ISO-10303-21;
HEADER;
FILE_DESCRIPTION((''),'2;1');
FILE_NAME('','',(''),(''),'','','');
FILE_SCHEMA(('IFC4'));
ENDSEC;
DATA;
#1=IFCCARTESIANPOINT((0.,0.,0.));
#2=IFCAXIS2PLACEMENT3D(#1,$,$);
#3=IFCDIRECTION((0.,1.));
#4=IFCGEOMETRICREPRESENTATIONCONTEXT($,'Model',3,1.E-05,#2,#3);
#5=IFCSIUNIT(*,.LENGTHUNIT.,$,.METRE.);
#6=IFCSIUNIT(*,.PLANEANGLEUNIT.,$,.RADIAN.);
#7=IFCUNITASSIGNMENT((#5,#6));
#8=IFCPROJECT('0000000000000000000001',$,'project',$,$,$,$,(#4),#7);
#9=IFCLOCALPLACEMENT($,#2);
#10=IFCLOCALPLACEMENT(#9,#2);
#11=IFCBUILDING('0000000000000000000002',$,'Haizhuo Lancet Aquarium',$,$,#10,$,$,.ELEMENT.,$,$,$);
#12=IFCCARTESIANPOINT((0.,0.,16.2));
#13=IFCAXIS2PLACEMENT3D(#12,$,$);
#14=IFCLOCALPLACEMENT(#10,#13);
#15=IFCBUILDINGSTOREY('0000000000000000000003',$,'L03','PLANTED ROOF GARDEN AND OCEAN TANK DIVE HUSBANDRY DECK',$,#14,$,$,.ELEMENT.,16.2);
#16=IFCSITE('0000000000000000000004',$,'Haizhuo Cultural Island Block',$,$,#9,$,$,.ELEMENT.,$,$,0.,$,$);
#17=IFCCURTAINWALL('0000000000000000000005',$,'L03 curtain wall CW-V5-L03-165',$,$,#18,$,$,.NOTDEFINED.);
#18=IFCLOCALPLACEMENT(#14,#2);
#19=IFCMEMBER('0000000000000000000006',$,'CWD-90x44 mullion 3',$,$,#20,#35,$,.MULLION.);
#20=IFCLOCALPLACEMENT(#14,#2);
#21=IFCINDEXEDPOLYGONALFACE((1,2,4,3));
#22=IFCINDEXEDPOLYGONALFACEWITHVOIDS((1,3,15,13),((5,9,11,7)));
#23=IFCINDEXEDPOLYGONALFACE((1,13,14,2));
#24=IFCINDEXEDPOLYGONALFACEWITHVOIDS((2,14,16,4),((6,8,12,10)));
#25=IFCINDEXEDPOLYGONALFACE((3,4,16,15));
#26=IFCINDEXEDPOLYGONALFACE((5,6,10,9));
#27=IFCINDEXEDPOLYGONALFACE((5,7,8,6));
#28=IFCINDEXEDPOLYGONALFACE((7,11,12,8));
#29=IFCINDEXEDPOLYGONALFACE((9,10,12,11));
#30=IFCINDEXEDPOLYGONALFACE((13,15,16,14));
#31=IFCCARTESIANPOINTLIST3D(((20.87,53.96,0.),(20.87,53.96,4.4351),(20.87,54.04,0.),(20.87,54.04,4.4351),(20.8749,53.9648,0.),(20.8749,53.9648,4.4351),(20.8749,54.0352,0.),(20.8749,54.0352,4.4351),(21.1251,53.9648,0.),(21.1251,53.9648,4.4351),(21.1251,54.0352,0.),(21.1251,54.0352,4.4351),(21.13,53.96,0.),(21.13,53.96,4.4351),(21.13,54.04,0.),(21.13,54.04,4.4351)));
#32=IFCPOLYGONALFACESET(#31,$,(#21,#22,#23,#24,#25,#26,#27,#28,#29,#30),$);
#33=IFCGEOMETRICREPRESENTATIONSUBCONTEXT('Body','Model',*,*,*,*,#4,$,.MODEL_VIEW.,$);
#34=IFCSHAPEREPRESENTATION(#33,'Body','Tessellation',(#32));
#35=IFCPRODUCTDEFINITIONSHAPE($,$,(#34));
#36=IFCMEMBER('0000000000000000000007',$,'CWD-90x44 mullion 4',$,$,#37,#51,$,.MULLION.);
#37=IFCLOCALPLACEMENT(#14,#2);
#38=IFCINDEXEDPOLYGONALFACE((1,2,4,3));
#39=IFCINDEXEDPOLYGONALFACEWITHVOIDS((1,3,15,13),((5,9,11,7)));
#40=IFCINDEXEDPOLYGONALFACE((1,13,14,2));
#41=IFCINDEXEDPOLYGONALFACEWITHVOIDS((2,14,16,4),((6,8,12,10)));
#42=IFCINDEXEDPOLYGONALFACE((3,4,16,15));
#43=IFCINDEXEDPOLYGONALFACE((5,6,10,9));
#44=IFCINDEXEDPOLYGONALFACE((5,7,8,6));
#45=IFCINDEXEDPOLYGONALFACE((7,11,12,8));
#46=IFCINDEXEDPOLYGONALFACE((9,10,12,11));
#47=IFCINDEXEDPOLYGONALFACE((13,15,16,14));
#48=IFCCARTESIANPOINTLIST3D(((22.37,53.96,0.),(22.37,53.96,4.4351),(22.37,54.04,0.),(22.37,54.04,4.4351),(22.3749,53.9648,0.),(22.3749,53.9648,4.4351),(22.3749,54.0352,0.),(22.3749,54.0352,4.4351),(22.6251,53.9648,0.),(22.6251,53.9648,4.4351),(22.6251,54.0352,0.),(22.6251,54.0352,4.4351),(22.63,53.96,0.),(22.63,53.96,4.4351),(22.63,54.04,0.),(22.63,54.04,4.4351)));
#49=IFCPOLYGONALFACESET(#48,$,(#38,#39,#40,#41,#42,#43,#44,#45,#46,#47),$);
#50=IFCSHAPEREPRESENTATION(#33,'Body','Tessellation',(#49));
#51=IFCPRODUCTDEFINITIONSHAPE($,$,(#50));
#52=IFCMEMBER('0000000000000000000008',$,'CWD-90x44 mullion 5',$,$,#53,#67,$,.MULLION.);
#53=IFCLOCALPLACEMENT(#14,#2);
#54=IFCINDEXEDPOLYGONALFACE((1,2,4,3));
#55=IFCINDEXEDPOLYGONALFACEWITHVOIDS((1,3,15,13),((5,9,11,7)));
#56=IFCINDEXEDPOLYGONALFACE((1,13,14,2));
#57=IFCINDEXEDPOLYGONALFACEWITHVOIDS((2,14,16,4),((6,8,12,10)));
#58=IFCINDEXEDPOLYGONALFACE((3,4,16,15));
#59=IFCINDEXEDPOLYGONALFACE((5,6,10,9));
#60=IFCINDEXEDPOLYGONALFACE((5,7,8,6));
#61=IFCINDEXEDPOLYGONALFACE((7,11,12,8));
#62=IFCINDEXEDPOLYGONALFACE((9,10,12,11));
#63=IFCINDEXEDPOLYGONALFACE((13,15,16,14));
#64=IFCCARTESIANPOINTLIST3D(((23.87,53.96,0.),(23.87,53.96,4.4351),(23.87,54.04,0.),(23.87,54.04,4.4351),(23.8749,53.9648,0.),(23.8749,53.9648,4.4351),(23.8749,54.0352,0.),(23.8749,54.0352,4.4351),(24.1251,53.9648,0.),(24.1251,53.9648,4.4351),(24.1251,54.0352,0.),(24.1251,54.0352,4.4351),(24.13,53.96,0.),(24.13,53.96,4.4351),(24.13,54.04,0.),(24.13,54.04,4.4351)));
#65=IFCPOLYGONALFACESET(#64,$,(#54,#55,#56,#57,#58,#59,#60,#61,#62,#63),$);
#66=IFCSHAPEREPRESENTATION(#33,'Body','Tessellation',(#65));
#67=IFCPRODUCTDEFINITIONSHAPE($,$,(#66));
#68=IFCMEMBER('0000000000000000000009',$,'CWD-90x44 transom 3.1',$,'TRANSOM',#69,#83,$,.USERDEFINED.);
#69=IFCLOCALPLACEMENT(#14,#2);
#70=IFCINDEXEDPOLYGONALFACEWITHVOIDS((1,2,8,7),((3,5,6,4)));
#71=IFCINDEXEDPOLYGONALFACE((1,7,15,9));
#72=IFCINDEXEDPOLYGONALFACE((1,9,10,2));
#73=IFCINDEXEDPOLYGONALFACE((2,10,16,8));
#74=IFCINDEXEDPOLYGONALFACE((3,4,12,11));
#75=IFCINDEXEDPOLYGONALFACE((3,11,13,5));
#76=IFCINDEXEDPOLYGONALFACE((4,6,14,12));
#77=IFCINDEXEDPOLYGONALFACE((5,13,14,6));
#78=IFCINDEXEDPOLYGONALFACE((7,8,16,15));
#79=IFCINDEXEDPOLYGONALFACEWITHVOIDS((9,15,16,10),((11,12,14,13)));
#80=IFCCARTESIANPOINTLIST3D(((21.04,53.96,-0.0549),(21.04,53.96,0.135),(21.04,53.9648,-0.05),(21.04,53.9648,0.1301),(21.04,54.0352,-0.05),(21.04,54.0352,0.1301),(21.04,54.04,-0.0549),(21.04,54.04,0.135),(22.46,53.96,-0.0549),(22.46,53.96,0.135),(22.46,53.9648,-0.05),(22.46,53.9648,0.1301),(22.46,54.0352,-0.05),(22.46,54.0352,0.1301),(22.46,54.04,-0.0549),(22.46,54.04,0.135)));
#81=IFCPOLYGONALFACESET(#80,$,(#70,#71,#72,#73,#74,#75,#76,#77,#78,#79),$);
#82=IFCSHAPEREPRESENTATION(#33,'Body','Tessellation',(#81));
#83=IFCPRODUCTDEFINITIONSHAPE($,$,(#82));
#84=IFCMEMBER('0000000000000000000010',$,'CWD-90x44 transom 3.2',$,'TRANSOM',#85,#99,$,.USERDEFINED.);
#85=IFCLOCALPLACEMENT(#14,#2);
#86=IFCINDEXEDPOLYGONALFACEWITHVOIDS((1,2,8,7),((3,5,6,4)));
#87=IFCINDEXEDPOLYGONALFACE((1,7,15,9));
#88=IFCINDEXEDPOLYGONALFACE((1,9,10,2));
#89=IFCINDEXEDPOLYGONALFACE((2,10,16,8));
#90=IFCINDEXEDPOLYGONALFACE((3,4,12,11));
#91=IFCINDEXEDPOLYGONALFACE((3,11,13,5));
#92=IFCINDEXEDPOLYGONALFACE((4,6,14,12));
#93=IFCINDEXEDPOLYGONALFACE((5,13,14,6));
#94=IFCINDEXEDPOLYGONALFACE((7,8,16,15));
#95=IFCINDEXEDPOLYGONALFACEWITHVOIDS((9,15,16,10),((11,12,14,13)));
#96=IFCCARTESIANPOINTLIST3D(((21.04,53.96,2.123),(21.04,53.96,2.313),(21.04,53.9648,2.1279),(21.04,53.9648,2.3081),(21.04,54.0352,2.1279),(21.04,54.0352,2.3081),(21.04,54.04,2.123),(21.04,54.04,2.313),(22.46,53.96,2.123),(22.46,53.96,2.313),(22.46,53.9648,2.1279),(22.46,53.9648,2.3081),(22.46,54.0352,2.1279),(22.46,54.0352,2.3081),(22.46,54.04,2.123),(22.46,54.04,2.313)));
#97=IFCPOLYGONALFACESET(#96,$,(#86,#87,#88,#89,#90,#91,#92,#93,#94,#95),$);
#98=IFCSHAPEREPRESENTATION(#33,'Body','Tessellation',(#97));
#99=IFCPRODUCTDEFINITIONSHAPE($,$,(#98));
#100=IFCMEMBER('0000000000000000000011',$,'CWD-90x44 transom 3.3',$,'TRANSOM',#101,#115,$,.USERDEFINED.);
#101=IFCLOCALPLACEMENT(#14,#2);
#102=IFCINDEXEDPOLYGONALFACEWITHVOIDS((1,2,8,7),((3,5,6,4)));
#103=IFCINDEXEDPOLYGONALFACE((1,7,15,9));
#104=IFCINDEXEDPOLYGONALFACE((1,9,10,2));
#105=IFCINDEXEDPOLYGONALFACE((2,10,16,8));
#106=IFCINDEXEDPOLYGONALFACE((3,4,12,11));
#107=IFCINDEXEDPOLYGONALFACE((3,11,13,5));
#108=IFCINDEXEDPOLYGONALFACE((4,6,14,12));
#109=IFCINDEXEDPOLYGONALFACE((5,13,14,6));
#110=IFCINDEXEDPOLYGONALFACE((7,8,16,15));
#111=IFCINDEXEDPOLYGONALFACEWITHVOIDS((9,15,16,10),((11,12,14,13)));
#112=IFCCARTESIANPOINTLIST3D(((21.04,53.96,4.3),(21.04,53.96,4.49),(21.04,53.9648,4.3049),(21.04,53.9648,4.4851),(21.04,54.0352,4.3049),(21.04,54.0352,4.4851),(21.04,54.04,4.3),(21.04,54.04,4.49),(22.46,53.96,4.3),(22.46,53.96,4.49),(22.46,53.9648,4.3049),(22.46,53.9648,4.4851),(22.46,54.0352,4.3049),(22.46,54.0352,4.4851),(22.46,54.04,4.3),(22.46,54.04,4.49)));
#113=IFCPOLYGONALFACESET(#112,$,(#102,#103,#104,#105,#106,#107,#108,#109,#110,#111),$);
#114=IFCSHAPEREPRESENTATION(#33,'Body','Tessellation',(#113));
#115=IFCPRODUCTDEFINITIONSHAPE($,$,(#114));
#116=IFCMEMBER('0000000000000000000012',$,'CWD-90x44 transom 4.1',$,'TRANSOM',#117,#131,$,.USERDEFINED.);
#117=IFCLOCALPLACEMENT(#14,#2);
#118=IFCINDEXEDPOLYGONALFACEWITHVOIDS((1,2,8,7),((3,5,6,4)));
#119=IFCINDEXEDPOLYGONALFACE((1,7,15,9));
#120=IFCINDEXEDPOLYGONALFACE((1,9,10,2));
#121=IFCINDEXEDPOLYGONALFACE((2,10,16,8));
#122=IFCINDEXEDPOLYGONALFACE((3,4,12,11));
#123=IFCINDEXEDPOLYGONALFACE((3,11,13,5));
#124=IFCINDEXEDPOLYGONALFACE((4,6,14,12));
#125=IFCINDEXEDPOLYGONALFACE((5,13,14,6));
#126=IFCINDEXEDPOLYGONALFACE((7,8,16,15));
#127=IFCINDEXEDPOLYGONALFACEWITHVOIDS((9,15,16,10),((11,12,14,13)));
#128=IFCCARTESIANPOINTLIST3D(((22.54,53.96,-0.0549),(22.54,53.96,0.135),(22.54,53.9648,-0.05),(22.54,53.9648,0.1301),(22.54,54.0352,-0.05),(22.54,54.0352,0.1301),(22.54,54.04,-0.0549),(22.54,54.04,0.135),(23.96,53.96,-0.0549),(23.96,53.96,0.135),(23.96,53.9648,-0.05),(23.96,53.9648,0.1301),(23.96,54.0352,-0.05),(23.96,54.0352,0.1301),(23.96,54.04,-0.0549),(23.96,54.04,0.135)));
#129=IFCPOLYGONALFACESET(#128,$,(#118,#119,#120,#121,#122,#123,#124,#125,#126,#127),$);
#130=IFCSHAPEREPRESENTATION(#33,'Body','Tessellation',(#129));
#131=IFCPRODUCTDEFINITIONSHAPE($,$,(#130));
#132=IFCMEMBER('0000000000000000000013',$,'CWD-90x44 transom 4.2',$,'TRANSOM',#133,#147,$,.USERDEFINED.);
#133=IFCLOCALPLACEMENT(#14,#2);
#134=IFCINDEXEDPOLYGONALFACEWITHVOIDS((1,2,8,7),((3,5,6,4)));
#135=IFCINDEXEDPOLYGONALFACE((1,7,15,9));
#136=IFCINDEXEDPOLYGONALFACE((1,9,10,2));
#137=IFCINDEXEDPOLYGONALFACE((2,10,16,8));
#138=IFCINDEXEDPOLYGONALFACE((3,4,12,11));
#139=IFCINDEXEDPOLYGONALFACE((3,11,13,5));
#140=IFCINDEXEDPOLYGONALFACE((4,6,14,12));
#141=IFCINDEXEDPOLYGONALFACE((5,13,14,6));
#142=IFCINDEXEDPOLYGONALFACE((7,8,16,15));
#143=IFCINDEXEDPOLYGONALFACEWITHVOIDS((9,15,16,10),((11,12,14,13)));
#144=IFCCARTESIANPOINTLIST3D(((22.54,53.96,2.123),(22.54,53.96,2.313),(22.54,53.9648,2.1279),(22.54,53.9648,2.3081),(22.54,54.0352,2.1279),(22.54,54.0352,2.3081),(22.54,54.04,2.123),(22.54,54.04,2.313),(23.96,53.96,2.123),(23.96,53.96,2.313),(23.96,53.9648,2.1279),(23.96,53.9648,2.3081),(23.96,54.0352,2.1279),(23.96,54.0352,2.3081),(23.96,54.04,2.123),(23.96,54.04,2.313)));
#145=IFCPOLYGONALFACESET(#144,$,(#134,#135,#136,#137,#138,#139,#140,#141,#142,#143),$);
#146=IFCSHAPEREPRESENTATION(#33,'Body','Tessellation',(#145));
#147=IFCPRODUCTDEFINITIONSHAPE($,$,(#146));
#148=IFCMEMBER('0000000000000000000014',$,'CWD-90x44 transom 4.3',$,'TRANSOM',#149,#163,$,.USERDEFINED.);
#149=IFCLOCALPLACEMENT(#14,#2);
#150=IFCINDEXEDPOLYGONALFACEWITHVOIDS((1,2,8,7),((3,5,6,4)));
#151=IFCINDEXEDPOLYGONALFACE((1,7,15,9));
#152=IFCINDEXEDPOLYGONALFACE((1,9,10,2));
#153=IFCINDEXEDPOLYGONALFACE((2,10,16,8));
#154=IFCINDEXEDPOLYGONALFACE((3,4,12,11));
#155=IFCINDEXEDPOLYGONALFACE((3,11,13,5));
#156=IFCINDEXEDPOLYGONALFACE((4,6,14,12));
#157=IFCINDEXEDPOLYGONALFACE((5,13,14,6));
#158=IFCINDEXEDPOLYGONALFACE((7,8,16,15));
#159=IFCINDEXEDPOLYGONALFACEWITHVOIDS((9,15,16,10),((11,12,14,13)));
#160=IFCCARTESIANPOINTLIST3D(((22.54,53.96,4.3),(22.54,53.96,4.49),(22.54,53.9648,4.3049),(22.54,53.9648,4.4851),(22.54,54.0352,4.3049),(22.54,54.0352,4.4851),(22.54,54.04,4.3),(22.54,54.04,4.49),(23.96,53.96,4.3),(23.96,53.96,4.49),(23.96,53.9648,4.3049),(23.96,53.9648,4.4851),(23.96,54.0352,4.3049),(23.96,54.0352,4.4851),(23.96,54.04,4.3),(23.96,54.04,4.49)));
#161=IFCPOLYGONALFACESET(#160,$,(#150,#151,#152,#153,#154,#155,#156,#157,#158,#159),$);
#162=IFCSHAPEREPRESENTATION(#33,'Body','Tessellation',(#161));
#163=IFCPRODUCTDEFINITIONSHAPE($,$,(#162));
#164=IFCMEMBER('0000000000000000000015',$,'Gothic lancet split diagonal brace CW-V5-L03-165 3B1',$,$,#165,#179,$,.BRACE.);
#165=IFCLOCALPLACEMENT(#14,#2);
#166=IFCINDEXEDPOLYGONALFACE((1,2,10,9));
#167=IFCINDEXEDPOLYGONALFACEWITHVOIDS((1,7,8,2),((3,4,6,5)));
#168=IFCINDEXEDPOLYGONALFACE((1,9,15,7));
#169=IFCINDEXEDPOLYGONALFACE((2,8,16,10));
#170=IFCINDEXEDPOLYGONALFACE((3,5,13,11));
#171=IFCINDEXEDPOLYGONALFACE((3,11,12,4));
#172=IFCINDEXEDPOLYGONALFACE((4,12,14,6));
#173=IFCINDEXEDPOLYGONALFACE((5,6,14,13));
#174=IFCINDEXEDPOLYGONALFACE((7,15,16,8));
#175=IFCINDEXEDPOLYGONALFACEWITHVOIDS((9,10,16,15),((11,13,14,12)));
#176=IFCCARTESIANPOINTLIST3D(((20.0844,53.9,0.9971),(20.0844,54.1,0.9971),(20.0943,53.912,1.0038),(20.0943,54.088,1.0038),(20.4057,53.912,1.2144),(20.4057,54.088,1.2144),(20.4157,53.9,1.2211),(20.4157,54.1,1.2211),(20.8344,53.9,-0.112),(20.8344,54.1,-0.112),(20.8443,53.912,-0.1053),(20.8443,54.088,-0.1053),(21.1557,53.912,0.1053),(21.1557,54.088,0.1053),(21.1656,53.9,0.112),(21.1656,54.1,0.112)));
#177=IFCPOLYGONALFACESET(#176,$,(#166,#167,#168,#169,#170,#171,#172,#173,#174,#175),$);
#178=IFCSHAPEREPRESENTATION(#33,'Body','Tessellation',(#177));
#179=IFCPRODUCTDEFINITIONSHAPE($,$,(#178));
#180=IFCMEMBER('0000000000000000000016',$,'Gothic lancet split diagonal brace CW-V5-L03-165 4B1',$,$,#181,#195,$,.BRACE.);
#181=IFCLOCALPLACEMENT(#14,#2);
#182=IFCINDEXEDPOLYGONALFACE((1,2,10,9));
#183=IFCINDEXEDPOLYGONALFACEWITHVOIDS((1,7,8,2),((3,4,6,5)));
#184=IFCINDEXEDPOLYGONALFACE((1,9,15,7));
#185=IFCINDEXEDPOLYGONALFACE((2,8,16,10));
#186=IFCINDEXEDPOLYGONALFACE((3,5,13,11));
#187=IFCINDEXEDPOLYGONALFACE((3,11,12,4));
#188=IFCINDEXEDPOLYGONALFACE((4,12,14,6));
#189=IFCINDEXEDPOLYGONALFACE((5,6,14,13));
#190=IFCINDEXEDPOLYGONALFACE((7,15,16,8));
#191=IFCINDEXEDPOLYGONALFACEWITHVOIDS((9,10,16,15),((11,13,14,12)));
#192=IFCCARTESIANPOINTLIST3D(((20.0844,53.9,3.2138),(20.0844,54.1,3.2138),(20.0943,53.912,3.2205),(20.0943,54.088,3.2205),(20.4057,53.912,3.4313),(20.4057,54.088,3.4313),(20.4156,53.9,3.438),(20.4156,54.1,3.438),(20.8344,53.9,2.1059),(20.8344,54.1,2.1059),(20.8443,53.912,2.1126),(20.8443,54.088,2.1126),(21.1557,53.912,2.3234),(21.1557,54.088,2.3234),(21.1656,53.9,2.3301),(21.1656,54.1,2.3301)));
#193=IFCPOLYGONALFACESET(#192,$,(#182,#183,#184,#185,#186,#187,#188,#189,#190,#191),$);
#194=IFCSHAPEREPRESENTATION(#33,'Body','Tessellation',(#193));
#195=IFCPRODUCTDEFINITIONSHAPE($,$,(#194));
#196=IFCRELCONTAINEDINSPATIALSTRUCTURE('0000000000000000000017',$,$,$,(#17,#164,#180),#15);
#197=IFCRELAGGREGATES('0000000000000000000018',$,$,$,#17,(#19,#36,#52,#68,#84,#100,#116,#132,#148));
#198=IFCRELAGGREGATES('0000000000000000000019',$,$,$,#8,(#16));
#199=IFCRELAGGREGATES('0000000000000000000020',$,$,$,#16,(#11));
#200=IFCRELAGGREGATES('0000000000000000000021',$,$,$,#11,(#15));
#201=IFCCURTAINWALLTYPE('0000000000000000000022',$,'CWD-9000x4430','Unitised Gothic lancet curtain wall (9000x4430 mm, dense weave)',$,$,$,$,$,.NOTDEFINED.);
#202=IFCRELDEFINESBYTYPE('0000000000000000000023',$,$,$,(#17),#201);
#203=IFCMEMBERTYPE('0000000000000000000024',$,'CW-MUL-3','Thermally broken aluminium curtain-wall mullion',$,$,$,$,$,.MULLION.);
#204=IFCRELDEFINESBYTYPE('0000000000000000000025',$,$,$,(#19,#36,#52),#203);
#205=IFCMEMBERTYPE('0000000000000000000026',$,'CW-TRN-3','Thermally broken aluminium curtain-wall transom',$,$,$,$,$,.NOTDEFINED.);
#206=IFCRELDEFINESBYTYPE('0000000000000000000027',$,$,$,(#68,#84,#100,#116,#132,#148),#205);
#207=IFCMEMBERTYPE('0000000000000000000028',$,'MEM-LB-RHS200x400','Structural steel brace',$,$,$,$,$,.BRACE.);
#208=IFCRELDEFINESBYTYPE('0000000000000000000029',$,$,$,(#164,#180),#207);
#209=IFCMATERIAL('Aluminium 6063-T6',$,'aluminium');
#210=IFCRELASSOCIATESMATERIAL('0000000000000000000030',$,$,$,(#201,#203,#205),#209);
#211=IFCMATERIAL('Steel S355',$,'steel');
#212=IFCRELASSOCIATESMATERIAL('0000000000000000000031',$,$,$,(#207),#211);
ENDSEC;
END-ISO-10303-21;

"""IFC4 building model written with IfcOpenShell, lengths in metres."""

from ifc_helpers import new_model, si_unit, direction, frame, origin, origin_2d, place, context, subcontext, project, spatial, hollow_rectangle, extrude, material, material_profile, profile_set, type_object, element, aggregate, save


model = new_model("IFC4")

# Units and contexts
model_context = context("Model", 3, precision=1e-05, world=origin(), true_north=direction((0.0, 1.0)))
body_context = subcontext(model_context, "Body", "Model", "MODEL_VIEW")
ifc_project = project(units=[si_unit("LENGTHUNIT", "METRE"), si_unit("PLANEANGLEUNIT", "RADIAN")], contexts=[model_context])

# Site, building, storey
site_placement = place(None, origin())
site = spatial("IfcSite", under=ifc_project, at=site_placement, Name="Haizhuo Cultural Island Block", CompositionType="ELEMENT", RefElevation=0.0)
building_placement = place(site_placement, origin())
building = spatial("IfcBuilding", under=site, at=building_placement, Name="Haizhuo Lancet Aquarium", CompositionType="ELEMENT")
storey_placement = place(building_placement, frame((0.0, 0.0, 16.2)))
storey = spatial("IfcBuildingStorey", under=building, at=storey_placement, Name="L03", Description="PLANTED ROOF GARDEN AND OCEAN TANK DIVE HUSBANDRY DECK", CompositionType="ELEMENT", Elevation=16.2)

# Curtain wall, members
ifc_material_1 = material(Name="Aluminium 6063-T6", Category="aluminium")
curtain_wall_type = type_object("IfcCurtainWallType", Name="CWD-9000x4430", Description="Unitised Gothic lancet curtain wall (9000x4430 mm, dense weave)", PredefinedType="NOTDEFINED", material=ifc_material_1)
curtain_wall_placement = place(storey_placement, origin())
curtain_wall = element("IfcCurtainWall", 1, at=curtain_wall_placement, inside=storey, type_object=curtain_wall_type, Name="L03 curtain wall CW-V5-L03-165", PredefinedType="NOTDEFINED")
ifc_material_profile_1 = material_profile(ifc_material_1, hollow_rectangle(XDim=0.0801, YDim=0.26, WallThickness=0.0049, at=origin_2d()), Name="ALU-M 80x260x5")
ifc_profile_set_1 = profile_set([ifc_material_profile_1], Name="Aluminium 6063-T6")
member_type_1 = type_object("IfcMemberType", Name="CW-MUL-3", Description="Thermally broken aluminium curtain-wall mullion", PredefinedType="MULLION", material=ifc_profile_set_1)
member_1_placement = place(storey_placement, frame((21.0, 54.0, 0.0), z_axis=(0.0, 0.0, 1.0), x_axis=(0.0, 1.0, 0.0)))
member_1 = element("IfcMember", 2, at=member_1_placement, type_object=member_type_1, Name="CWD-90x44 mullion 3", PredefinedType="MULLION", context=body_context, shape_type="SweptSolid", body=[
    extrude(hollow_rectangle(XDim=0.0801, YDim=0.26, WallThickness=0.0049, at=origin_2d()), origin(), (0.0, 0.0, 1.0), 4.4351),
])
member_2_placement = place(storey_placement, frame((22.5, 54.0, 0.0), z_axis=(0.0, 0.0, 1.0), x_axis=(0.0, 1.0, 0.0)))
member_2 = element("IfcMember", 3, at=member_2_placement, type_object=member_type_1, Name="CWD-90x44 mullion 4", PredefinedType="MULLION", context=body_context, shape_type="SweptSolid", body=[
    extrude(hollow_rectangle(XDim=0.0801, YDim=0.26, WallThickness=0.0049, at=origin_2d()), origin(), (0.0, 0.0, 1.0), 4.4351),
])
member_3_placement = place(storey_placement, frame((24.0, 54.0, 0.0), z_axis=(0.0, 0.0, 1.0), x_axis=(0.0, 1.0, 0.0)))
member_3 = element("IfcMember", 4, at=member_3_placement, type_object=member_type_1, Name="CWD-90x44 mullion 5", PredefinedType="MULLION", context=body_context, shape_type="SweptSolid", body=[
    extrude(hollow_rectangle(XDim=0.0801, YDim=0.26, WallThickness=0.0049, at=origin_2d()), origin(), (0.0, 0.0, 1.0), 4.4351),
])
ifc_material_profile_2 = material_profile(ifc_material_1, hollow_rectangle(XDim=0.0801, YDim=0.1899, WallThickness=0.0049, at=origin_2d()), Name="ALU-T 80x190x5")
ifc_profile_set_2 = profile_set([ifc_material_profile_2], Name="Aluminium 6063-T6")
member_type_2 = type_object("IfcMemberType", Name="CW-TRN-3", Description="Thermally broken aluminium curtain-wall transom", PredefinedType="NOTDEFINED", material=ifc_profile_set_2)
member_4_placement = place(storey_placement, frame((21.04, 54.0, 0.04), z_axis=(1.0, 0.0, 0.0), x_axis=(0.0, 1.0, 0.0)))
member_4 = element("IfcMember", 5, at=member_4_placement, type_object=member_type_2, Name="CWD-90x44 transom 3.1", ObjectType="TRANSOM", PredefinedType="USERDEFINED", context=body_context, shape_type="SweptSolid", body=[
    extrude(hollow_rectangle(XDim=0.0801, YDim=0.1899, WallThickness=0.0049, at=origin_2d()), origin(), (0.0, 0.0, 1.0), 1.4199),
])
member_5_placement = place(storey_placement, frame((21.04, 54.0, 2.218), z_axis=(1.0, 0.0, 0.0), x_axis=(0.0, 1.0, 0.0)))
member_5 = element("IfcMember", 6, at=member_5_placement, type_object=member_type_2, Name="CWD-90x44 transom 3.2", ObjectType="TRANSOM", PredefinedType="USERDEFINED", context=body_context, shape_type="SweptSolid", body=[
    extrude(hollow_rectangle(XDim=0.0801, YDim=0.1899, WallThickness=0.0049, at=origin_2d()), origin(), (0.0, 0.0, 1.0), 1.4199),
])
member_6_placement = place(storey_placement, frame((21.04, 54.0, 4.395), z_axis=(1.0, 0.0, 0.0), x_axis=(0.0, 1.0, 0.0)))
member_6 = element("IfcMember", 7, at=member_6_placement, type_object=member_type_2, Name="CWD-90x44 transom 3.3", ObjectType="TRANSOM", PredefinedType="USERDEFINED", context=body_context, shape_type="SweptSolid", body=[
    extrude(hollow_rectangle(XDim=0.0801, YDim=0.1899, WallThickness=0.0049, at=origin_2d()), origin(), (0.0, 0.0, 1.0), 1.4199),
])
member_7_placement = place(storey_placement, frame((22.54, 54.0, 0.04), z_axis=(1.0, 0.0, 0.0), x_axis=(0.0, 1.0, 0.0)))
member_7 = element("IfcMember", 8, at=member_7_placement, type_object=member_type_2, Name="CWD-90x44 transom 4.1", ObjectType="TRANSOM", PredefinedType="USERDEFINED", context=body_context, shape_type="SweptSolid", body=[
    extrude(hollow_rectangle(XDim=0.0801, YDim=0.1899, WallThickness=0.0049, at=origin_2d()), origin(), (0.0, 0.0, 1.0), 1.4199),
])
member_8_placement = place(storey_placement, frame((22.54, 54.0, 2.218), z_axis=(1.0, 0.0, 0.0), x_axis=(0.0, 1.0, 0.0)))
member_8 = element("IfcMember", 9, at=member_8_placement, type_object=member_type_2, Name="CWD-90x44 transom 4.2", ObjectType="TRANSOM", PredefinedType="USERDEFINED", context=body_context, shape_type="SweptSolid", body=[
    extrude(hollow_rectangle(XDim=0.0801, YDim=0.1899, WallThickness=0.0049, at=origin_2d()), origin(), (0.0, 0.0, 1.0), 1.4199),
])
member_9_placement = place(storey_placement, frame((22.54, 54.0, 4.395), z_axis=(1.0, 0.0, 0.0), x_axis=(0.0, 1.0, 0.0)))
member_9 = element("IfcMember", 10, at=member_9_placement, type_object=member_type_2, Name="CWD-90x44 transom 4.3", ObjectType="TRANSOM", PredefinedType="USERDEFINED", context=body_context, shape_type="SweptSolid", body=[
    extrude(hollow_rectangle(XDim=0.0801, YDim=0.1899, WallThickness=0.0049, at=origin_2d()), origin(), (0.0, 0.0, 1.0), 1.4199),
])

# Members
ifc_material_2 = material(Name="Steel S355", Category="steel")
ifc_material_profile_3 = material_profile(ifc_material_2, hollow_rectangle(XDim=0.2, YDim=0.3999, WallThickness=0.012, at=origin_2d()), Name="RHS 200x400x12")
ifc_profile_set_3 = profile_set([ifc_material_profile_3], Name="Steel S355")
member_type_3 = type_object("IfcMemberType", Name="MEM-LB-RHS200x400", Description="Structural steel brace", PredefinedType="BRACE", material=ifc_profile_set_3)
member_10_placement = place(storey_placement, frame((21.0, 54.0, 0.0), z_axis=(-0.560159, 0.0, 0.828385), x_axis=(0.0, -1.0, 0.0)))
element("IfcMember", 11, at=member_10_placement, inside=storey, type_object=member_type_3, Name="Gothic lancet split diagonal brace CW-V5-L03-165 3B1", PredefinedType="BRACE", context=body_context, shape_type="SweptSolid", body=[
    extrude(hollow_rectangle(XDim=0.2, YDim=0.3999, WallThickness=0.012, at=origin_2d()), origin(), (0.0, 0.0, 1.0), 1.3389),
])
member_11_placement = place(storey_placement, frame((21.0, 54.0, 2.218), z_axis=(-0.560582, 0.0, 0.828099), x_axis=(0.0, -1.0, 0.0)))
element("IfcMember", 12, at=member_11_placement, inside=storey, type_object=member_type_3, Name="Gothic lancet split diagonal brace CW-V5-L03-165 4B1", PredefinedType="BRACE", context=body_context, shape_type="SweptSolid", body=[
    extrude(hollow_rectangle(XDim=0.2, YDim=0.3999, WallThickness=0.012, at=origin_2d()), origin(), (0.0, 0.0, 1.0), 1.3379),
])

aggregate(curtain_wall, [member_1, member_2, member_3, member_4, member_5, member_6, member_7, member_8, member_9])

save(model, "model.ifc")
